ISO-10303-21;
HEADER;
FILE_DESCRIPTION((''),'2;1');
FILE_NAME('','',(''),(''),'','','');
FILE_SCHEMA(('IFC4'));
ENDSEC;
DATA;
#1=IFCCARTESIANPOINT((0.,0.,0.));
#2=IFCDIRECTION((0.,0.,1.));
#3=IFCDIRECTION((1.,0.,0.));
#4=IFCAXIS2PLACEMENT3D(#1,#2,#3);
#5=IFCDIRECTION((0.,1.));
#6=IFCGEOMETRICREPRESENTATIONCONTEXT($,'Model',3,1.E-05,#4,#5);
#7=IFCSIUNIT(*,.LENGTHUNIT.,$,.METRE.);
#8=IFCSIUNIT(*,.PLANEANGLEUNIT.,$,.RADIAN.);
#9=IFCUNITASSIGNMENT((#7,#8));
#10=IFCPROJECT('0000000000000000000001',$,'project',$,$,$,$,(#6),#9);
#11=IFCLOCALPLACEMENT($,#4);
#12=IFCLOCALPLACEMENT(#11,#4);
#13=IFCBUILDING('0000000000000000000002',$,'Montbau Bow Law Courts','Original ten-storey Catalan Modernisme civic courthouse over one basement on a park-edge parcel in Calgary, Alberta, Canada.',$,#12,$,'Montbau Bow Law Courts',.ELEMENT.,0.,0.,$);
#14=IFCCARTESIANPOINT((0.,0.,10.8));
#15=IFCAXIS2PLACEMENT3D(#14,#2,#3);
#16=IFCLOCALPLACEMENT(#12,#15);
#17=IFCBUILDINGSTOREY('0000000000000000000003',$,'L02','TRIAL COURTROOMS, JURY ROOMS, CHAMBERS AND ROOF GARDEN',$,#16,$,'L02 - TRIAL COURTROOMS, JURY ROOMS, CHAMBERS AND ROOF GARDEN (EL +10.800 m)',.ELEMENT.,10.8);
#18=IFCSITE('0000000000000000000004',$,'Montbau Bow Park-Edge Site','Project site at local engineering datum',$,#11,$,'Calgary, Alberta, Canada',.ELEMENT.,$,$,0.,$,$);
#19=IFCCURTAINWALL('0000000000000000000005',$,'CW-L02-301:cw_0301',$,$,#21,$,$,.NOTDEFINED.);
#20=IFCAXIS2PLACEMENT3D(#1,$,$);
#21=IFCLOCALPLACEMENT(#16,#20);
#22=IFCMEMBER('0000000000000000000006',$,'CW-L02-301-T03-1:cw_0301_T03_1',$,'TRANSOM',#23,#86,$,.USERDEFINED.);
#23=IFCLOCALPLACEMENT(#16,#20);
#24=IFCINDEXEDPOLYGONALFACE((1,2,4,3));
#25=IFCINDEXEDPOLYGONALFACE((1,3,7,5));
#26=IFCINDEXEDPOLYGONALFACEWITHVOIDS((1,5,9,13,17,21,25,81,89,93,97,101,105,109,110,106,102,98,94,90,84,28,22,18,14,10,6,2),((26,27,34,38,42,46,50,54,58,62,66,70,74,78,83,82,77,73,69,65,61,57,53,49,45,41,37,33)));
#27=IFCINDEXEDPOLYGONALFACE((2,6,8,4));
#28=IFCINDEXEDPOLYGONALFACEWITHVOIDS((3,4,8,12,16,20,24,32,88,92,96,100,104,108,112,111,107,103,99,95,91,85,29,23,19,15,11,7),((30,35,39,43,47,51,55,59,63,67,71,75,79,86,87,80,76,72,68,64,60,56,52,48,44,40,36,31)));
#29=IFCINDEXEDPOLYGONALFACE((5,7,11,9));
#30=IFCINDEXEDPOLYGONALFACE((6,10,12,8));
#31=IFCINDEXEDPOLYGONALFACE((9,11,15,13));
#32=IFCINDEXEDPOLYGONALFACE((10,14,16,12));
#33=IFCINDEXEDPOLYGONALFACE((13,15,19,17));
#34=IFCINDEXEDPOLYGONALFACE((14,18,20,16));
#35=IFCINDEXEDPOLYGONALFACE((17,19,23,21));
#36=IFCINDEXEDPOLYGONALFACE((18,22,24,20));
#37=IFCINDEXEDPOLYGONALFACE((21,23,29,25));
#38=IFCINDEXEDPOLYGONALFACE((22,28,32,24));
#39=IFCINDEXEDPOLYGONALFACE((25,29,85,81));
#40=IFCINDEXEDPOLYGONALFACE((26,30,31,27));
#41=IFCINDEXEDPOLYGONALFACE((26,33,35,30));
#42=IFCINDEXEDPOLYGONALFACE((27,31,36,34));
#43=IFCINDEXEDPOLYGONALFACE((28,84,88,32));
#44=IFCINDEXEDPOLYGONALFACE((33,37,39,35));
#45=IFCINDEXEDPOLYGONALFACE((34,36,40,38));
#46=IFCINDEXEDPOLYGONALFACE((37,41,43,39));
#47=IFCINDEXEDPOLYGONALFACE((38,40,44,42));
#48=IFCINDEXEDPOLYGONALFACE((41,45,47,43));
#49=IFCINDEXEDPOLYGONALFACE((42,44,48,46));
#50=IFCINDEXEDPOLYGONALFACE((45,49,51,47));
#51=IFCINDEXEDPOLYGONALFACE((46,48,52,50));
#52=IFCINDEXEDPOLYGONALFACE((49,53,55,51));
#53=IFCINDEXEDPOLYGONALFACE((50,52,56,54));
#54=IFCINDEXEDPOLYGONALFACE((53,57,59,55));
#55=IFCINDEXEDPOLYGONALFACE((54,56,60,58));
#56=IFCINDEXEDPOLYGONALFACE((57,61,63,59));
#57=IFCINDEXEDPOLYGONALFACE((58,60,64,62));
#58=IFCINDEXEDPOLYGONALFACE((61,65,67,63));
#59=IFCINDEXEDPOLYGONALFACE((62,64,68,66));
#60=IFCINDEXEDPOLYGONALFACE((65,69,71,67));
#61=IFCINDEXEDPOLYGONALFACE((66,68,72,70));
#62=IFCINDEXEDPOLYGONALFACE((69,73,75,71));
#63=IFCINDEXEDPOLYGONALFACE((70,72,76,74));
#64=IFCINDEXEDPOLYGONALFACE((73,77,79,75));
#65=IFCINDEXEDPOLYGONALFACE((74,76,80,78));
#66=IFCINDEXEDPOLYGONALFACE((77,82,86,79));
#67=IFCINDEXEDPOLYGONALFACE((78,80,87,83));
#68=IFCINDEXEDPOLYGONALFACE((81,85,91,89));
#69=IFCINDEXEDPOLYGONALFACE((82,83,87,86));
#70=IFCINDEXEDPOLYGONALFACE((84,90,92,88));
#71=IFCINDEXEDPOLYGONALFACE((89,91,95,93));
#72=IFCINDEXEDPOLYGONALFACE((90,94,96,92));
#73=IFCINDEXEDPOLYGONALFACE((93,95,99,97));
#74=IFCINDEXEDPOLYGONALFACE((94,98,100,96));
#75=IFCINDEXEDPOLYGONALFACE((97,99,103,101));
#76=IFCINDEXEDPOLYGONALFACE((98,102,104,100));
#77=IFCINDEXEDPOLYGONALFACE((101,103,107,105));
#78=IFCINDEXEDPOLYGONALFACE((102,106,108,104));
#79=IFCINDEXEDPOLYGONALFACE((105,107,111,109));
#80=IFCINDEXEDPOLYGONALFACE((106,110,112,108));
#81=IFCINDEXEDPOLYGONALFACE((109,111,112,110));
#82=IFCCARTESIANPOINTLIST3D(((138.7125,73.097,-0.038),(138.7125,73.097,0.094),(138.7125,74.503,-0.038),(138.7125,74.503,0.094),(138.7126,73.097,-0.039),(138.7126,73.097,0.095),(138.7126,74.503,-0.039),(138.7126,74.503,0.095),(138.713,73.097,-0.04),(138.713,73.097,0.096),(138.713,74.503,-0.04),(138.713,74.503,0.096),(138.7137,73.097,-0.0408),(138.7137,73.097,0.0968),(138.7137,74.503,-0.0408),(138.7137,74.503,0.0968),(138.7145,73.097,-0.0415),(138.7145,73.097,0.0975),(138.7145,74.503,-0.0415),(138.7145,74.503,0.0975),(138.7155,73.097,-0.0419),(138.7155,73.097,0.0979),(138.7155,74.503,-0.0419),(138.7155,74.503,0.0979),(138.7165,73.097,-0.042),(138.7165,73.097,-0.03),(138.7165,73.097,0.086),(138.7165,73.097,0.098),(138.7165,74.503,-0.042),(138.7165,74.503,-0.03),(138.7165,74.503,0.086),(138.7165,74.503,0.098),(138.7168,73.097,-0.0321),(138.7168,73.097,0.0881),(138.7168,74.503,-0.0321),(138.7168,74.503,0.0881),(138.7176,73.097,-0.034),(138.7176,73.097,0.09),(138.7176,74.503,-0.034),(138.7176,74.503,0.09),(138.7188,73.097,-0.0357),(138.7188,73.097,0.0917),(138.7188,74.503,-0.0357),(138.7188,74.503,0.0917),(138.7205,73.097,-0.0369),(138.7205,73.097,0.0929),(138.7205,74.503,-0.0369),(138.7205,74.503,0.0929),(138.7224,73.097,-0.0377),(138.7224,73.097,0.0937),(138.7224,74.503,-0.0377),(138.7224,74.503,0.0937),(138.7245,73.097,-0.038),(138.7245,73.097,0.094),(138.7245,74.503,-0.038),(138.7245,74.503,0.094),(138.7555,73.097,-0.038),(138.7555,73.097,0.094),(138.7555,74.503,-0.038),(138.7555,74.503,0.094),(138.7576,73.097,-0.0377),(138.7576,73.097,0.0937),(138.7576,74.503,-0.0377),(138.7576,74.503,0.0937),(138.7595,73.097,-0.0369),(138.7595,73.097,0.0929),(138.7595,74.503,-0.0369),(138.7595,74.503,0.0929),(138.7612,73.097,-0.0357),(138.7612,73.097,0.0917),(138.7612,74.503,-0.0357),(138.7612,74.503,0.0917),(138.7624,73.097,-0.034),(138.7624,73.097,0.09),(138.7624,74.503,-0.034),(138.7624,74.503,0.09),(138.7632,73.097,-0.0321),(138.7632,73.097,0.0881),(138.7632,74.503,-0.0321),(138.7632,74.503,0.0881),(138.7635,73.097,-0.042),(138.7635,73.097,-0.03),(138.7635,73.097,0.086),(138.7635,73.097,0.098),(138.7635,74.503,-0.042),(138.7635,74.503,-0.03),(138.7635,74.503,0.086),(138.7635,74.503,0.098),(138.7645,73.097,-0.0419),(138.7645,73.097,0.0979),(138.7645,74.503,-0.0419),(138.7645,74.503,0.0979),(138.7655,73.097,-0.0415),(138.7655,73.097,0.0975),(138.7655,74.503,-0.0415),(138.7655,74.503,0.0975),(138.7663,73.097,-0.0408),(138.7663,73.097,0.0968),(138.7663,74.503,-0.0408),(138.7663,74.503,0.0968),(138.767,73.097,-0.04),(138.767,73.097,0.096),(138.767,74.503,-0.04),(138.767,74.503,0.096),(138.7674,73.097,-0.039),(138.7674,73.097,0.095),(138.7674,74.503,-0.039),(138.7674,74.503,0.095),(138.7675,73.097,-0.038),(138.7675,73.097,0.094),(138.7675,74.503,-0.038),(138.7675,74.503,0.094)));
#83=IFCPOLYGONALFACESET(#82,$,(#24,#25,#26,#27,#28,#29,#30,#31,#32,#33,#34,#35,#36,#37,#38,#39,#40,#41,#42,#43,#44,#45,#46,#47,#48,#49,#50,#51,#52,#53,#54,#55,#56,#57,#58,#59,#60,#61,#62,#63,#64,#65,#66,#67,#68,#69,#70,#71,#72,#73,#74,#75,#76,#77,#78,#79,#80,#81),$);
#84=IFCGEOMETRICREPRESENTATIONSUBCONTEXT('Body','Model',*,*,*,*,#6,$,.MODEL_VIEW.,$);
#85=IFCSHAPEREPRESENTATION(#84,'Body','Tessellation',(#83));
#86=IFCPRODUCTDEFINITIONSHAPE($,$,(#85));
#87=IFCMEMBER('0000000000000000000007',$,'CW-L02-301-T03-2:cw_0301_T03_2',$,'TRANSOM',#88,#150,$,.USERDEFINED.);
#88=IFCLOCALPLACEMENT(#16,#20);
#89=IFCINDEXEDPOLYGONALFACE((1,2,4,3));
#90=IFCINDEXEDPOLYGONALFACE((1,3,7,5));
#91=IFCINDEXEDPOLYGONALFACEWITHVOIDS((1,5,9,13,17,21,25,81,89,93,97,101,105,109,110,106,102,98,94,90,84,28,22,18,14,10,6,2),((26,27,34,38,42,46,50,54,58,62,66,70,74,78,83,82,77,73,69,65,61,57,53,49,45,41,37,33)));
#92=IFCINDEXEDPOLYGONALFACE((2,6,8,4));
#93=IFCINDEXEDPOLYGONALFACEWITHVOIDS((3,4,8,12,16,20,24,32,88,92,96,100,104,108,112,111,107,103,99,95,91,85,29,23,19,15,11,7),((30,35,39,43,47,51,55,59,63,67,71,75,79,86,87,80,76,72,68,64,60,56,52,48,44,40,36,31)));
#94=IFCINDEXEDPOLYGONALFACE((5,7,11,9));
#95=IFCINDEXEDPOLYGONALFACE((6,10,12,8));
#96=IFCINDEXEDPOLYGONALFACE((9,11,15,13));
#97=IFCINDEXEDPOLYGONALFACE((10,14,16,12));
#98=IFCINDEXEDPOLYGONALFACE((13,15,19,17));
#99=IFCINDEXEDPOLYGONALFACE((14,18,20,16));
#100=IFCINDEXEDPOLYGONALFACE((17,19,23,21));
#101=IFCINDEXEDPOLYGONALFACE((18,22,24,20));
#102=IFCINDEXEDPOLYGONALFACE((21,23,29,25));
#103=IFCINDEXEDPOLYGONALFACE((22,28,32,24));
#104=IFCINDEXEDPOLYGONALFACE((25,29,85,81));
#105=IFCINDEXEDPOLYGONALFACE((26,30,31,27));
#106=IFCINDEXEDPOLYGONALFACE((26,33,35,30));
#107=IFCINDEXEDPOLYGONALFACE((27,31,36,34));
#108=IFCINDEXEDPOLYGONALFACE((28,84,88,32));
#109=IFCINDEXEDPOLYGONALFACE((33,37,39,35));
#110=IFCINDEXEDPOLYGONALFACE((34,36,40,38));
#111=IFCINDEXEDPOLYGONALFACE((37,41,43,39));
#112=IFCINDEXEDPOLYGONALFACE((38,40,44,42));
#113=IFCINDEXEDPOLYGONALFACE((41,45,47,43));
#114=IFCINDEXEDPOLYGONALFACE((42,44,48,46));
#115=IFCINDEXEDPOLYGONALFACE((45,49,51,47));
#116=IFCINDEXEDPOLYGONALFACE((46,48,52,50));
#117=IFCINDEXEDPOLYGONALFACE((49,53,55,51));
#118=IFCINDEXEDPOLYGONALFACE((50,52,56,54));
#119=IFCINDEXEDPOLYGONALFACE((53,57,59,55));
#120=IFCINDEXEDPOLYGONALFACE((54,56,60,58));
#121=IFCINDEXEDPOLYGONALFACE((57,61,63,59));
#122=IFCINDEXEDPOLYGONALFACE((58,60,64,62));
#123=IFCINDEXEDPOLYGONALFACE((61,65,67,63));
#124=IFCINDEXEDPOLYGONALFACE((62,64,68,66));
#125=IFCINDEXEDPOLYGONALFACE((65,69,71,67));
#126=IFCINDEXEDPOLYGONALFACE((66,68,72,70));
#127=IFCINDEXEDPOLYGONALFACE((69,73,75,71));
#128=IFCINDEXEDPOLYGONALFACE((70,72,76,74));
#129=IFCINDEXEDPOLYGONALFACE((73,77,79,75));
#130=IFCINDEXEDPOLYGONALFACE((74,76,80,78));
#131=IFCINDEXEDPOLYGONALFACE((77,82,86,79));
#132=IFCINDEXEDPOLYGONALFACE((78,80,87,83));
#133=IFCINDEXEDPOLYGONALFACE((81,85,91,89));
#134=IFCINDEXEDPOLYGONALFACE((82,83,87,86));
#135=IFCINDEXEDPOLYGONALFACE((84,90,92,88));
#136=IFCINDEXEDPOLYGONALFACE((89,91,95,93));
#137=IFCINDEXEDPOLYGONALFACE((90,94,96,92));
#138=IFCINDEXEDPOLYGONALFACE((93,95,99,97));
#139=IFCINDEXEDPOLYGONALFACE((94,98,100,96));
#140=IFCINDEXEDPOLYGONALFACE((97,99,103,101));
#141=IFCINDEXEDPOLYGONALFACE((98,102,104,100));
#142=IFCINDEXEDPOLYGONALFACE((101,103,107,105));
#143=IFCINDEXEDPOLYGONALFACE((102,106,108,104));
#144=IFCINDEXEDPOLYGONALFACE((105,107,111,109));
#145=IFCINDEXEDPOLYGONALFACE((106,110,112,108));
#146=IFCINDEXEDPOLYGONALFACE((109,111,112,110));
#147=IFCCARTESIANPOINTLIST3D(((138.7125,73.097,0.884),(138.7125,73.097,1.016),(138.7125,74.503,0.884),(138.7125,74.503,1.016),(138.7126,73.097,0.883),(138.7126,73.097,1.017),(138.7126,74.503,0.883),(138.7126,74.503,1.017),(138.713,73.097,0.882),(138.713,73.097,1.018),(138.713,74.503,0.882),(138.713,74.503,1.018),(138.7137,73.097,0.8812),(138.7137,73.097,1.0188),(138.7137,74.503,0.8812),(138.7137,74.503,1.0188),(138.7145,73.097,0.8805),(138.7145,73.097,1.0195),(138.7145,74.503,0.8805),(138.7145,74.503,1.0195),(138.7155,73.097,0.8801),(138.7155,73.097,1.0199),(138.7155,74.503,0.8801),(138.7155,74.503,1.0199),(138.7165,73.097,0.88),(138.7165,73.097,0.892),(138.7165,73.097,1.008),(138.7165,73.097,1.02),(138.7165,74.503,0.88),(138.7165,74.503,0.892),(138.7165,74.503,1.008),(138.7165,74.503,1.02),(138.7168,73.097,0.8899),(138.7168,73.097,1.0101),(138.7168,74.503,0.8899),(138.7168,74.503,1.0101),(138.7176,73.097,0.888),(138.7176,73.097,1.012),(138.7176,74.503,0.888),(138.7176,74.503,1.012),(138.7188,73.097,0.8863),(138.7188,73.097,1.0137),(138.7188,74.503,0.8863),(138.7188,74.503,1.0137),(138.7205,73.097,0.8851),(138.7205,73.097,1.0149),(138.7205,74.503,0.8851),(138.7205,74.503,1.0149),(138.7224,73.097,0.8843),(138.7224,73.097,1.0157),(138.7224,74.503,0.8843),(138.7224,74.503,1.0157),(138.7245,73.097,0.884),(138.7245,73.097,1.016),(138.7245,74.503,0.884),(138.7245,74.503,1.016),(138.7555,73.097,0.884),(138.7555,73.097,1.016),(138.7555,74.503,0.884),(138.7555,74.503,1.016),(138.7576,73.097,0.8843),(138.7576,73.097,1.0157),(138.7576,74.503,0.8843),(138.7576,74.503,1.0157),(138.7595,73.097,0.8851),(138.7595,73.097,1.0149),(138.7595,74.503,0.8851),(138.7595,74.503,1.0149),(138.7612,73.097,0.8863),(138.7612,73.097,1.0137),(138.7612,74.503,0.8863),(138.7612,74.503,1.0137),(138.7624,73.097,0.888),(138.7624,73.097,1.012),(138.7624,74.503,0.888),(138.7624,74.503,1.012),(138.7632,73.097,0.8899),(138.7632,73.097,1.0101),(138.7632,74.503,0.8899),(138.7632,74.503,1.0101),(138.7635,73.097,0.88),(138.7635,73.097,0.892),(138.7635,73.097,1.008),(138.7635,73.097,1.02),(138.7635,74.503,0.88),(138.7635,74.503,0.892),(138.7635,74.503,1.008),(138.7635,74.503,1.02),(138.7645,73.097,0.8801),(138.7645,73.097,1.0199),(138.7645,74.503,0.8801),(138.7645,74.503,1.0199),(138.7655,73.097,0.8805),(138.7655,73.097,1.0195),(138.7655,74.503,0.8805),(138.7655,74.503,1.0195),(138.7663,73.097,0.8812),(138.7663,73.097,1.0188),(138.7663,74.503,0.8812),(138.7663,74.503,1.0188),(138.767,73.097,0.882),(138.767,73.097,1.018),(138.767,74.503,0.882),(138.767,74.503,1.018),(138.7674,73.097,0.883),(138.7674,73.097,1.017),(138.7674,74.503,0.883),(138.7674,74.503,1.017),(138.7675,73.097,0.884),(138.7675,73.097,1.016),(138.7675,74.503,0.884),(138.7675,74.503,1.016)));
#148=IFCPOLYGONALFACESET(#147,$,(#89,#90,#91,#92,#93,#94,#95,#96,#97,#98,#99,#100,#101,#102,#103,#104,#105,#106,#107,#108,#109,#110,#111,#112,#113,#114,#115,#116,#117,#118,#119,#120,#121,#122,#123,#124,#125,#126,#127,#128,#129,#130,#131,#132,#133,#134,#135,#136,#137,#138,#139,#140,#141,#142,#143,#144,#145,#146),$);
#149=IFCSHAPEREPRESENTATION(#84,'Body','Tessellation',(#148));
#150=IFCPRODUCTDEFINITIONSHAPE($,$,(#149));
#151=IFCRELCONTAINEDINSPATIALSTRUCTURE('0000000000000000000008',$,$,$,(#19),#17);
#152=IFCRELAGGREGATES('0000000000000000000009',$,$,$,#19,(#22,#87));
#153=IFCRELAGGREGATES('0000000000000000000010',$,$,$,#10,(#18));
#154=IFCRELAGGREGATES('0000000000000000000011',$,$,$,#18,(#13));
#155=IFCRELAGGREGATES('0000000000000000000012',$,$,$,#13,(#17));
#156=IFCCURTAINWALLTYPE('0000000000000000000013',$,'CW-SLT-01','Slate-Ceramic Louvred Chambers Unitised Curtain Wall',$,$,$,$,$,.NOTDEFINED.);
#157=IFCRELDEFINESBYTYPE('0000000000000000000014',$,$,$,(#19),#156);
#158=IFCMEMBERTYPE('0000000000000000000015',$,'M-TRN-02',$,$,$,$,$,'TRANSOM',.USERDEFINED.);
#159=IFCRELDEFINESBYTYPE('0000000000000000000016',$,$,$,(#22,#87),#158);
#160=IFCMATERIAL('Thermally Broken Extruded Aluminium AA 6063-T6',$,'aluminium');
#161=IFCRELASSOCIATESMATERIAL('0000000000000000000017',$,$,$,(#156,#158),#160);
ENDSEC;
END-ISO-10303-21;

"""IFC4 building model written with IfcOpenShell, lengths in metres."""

from ifc_helpers import new_model, si_unit, direction, frame, origin_with_axes, origin_2d_with_axis, place, context, subcontext, project, spatial, hollow_rectangle, extrude, material, material_profile, profile_set, type_object, element, aggregate, save


model = new_model("IFC4")

# Units and contexts
model_context = context("Model", 3, precision=1e-05, world=origin_with_axes(), true_north=direction((0.0, 1.0)))
body_context = subcontext(model_context, "Body", "Model", "MODEL_VIEW")
ifc_project = project(units=[si_unit("LENGTHUNIT", "METRE"), si_unit("PLANEANGLEUNIT", "RADIAN")], contexts=[model_context])

# Site, building, storey
site_placement = place(None, origin_with_axes())
site = spatial("IfcSite", under=ifc_project, at=site_placement, Name="Montbau Bow Park-Edge Site", Description="Project site at local engineering datum", LongName="Calgary, Alberta, Canada", CompositionType="ELEMENT", RefElevation=0.0)
building_placement = place(site_placement, origin_with_axes())
building = spatial("IfcBuilding", under=site, at=building_placement, Name="Montbau Bow Law Courts", Description="Original ten-storey Catalan Modernisme civic courthouse over one basement on a park-edge parcel in Calgary, Alberta, Canada.", LongName="Montbau Bow Law Courts", CompositionType="ELEMENT", ElevationOfRefHeight=0.0, ElevationOfTerrain=0.0)
storey_placement = place(building_placement, frame((0.0, 0.0, 10.8), z_axis=(0.0, 0.0, 1.0), x_axis=(1.0, 0.0, 0.0)))
storey = spatial("IfcBuildingStorey", under=building, at=storey_placement, Name="L02", Description="TRIAL COURTROOMS, JURY ROOMS, CHAMBERS AND ROOF GARDEN", LongName="L02 - TRIAL COURTROOMS, JURY ROOMS, CHAMBERS AND ROOF GARDEN (EL +10.800 m)", CompositionType="ELEMENT", Elevation=10.8)

# Curtain wall, members
ifc_material_1 = material(Name="Thermally Broken Extruded Aluminium AA 6063-T6", Category="aluminium")
curtain_wall_type = type_object("IfcCurtainWallType", Name="CW-SLT-01", Description="Slate-Ceramic Louvred Chambers Unitised Curtain Wall", PredefinedType="NOTDEFINED", material=ifc_material_1)
curtain_wall_placement = place(None, frame((138.74, 70.115, 10.8), z_axis=(0.0, 0.0, 1.0), x_axis=(1.0, 0.0, 0.0)))
curtain_wall = element("IfcCurtainWall", 1, at=curtain_wall_placement, inside=storey, type_object=curtain_wall_type, Name="CW-L02-301:cw_0301", PredefinedType="NOTDEFINED")
ifc_material_profile_1 = material_profile(ifc_material_1, hollow_rectangle(XDim=0.055, YDim=0.14, WallThickness=0.004, InnerFilletRadius=0.008, OuterFilletRadius=0.004, at=origin_2d_with_axis()), Name="CWT-140X55", Category="Main", Priority=0)
ifc_profile_set_1 = profile_set([ifc_material_profile_1], Name="Thermally Broken Extruded Aluminium AA 6063-T6")
member_type_1 = type_object("IfcMemberType", Name="M-TRN-02", ElementType="TRANSOM", PredefinedType="USERDEFINED", material=ifc_profile_set_1)
member_1_placement = place(None, frame((138.74, 73.097, 10.828), z_axis=(0.0, 1.0, 0.0), x_axis=(-1.0, 0.0, 0.0)))
member_1 = element("IfcMember", 2, at=member_1_placement, type_object=member_type_1, Name="CW-L02-301-T03-1:cw_0301_T03_1", ObjectType="TRANSOM", PredefinedType="USERDEFINED", context=body_context, shape_type="SweptSolid", body=[
    extrude(hollow_rectangle(XDim=0.055, YDim=0.14, WallThickness=0.004, InnerFilletRadius=0.008, OuterFilletRadius=0.004, at=origin_2d_with_axis()), origin_with_axes(), (0.0, 0.0, 1.0), 1.406),
])
member_2_placement = place(None, frame((138.74, 73.097, 11.75), z_axis=(0.0, 1.0, 0.0), x_axis=(-1.0, 0.0, 0.0)))
member_2 = element("IfcMember", 3, at=member_2_placement, type_object=member_type_1, Name="CW-L02-301-T03-2:cw_0301_T03_2", ObjectType="TRANSOM", PredefinedType="USERDEFINED", context=body_context, shape_type="SweptSolid", body=[
    extrude(hollow_rectangle(XDim=0.055, YDim=0.14, WallThickness=0.004, InnerFilletRadius=0.008, OuterFilletRadius=0.004, at=origin_2d_with_axis()), origin_with_axes(), (0.0, 0.0, 1.0), 1.406),
])
aggregate(curtain_wall, [member_1, member_2])

save(model, "model.ifc")
